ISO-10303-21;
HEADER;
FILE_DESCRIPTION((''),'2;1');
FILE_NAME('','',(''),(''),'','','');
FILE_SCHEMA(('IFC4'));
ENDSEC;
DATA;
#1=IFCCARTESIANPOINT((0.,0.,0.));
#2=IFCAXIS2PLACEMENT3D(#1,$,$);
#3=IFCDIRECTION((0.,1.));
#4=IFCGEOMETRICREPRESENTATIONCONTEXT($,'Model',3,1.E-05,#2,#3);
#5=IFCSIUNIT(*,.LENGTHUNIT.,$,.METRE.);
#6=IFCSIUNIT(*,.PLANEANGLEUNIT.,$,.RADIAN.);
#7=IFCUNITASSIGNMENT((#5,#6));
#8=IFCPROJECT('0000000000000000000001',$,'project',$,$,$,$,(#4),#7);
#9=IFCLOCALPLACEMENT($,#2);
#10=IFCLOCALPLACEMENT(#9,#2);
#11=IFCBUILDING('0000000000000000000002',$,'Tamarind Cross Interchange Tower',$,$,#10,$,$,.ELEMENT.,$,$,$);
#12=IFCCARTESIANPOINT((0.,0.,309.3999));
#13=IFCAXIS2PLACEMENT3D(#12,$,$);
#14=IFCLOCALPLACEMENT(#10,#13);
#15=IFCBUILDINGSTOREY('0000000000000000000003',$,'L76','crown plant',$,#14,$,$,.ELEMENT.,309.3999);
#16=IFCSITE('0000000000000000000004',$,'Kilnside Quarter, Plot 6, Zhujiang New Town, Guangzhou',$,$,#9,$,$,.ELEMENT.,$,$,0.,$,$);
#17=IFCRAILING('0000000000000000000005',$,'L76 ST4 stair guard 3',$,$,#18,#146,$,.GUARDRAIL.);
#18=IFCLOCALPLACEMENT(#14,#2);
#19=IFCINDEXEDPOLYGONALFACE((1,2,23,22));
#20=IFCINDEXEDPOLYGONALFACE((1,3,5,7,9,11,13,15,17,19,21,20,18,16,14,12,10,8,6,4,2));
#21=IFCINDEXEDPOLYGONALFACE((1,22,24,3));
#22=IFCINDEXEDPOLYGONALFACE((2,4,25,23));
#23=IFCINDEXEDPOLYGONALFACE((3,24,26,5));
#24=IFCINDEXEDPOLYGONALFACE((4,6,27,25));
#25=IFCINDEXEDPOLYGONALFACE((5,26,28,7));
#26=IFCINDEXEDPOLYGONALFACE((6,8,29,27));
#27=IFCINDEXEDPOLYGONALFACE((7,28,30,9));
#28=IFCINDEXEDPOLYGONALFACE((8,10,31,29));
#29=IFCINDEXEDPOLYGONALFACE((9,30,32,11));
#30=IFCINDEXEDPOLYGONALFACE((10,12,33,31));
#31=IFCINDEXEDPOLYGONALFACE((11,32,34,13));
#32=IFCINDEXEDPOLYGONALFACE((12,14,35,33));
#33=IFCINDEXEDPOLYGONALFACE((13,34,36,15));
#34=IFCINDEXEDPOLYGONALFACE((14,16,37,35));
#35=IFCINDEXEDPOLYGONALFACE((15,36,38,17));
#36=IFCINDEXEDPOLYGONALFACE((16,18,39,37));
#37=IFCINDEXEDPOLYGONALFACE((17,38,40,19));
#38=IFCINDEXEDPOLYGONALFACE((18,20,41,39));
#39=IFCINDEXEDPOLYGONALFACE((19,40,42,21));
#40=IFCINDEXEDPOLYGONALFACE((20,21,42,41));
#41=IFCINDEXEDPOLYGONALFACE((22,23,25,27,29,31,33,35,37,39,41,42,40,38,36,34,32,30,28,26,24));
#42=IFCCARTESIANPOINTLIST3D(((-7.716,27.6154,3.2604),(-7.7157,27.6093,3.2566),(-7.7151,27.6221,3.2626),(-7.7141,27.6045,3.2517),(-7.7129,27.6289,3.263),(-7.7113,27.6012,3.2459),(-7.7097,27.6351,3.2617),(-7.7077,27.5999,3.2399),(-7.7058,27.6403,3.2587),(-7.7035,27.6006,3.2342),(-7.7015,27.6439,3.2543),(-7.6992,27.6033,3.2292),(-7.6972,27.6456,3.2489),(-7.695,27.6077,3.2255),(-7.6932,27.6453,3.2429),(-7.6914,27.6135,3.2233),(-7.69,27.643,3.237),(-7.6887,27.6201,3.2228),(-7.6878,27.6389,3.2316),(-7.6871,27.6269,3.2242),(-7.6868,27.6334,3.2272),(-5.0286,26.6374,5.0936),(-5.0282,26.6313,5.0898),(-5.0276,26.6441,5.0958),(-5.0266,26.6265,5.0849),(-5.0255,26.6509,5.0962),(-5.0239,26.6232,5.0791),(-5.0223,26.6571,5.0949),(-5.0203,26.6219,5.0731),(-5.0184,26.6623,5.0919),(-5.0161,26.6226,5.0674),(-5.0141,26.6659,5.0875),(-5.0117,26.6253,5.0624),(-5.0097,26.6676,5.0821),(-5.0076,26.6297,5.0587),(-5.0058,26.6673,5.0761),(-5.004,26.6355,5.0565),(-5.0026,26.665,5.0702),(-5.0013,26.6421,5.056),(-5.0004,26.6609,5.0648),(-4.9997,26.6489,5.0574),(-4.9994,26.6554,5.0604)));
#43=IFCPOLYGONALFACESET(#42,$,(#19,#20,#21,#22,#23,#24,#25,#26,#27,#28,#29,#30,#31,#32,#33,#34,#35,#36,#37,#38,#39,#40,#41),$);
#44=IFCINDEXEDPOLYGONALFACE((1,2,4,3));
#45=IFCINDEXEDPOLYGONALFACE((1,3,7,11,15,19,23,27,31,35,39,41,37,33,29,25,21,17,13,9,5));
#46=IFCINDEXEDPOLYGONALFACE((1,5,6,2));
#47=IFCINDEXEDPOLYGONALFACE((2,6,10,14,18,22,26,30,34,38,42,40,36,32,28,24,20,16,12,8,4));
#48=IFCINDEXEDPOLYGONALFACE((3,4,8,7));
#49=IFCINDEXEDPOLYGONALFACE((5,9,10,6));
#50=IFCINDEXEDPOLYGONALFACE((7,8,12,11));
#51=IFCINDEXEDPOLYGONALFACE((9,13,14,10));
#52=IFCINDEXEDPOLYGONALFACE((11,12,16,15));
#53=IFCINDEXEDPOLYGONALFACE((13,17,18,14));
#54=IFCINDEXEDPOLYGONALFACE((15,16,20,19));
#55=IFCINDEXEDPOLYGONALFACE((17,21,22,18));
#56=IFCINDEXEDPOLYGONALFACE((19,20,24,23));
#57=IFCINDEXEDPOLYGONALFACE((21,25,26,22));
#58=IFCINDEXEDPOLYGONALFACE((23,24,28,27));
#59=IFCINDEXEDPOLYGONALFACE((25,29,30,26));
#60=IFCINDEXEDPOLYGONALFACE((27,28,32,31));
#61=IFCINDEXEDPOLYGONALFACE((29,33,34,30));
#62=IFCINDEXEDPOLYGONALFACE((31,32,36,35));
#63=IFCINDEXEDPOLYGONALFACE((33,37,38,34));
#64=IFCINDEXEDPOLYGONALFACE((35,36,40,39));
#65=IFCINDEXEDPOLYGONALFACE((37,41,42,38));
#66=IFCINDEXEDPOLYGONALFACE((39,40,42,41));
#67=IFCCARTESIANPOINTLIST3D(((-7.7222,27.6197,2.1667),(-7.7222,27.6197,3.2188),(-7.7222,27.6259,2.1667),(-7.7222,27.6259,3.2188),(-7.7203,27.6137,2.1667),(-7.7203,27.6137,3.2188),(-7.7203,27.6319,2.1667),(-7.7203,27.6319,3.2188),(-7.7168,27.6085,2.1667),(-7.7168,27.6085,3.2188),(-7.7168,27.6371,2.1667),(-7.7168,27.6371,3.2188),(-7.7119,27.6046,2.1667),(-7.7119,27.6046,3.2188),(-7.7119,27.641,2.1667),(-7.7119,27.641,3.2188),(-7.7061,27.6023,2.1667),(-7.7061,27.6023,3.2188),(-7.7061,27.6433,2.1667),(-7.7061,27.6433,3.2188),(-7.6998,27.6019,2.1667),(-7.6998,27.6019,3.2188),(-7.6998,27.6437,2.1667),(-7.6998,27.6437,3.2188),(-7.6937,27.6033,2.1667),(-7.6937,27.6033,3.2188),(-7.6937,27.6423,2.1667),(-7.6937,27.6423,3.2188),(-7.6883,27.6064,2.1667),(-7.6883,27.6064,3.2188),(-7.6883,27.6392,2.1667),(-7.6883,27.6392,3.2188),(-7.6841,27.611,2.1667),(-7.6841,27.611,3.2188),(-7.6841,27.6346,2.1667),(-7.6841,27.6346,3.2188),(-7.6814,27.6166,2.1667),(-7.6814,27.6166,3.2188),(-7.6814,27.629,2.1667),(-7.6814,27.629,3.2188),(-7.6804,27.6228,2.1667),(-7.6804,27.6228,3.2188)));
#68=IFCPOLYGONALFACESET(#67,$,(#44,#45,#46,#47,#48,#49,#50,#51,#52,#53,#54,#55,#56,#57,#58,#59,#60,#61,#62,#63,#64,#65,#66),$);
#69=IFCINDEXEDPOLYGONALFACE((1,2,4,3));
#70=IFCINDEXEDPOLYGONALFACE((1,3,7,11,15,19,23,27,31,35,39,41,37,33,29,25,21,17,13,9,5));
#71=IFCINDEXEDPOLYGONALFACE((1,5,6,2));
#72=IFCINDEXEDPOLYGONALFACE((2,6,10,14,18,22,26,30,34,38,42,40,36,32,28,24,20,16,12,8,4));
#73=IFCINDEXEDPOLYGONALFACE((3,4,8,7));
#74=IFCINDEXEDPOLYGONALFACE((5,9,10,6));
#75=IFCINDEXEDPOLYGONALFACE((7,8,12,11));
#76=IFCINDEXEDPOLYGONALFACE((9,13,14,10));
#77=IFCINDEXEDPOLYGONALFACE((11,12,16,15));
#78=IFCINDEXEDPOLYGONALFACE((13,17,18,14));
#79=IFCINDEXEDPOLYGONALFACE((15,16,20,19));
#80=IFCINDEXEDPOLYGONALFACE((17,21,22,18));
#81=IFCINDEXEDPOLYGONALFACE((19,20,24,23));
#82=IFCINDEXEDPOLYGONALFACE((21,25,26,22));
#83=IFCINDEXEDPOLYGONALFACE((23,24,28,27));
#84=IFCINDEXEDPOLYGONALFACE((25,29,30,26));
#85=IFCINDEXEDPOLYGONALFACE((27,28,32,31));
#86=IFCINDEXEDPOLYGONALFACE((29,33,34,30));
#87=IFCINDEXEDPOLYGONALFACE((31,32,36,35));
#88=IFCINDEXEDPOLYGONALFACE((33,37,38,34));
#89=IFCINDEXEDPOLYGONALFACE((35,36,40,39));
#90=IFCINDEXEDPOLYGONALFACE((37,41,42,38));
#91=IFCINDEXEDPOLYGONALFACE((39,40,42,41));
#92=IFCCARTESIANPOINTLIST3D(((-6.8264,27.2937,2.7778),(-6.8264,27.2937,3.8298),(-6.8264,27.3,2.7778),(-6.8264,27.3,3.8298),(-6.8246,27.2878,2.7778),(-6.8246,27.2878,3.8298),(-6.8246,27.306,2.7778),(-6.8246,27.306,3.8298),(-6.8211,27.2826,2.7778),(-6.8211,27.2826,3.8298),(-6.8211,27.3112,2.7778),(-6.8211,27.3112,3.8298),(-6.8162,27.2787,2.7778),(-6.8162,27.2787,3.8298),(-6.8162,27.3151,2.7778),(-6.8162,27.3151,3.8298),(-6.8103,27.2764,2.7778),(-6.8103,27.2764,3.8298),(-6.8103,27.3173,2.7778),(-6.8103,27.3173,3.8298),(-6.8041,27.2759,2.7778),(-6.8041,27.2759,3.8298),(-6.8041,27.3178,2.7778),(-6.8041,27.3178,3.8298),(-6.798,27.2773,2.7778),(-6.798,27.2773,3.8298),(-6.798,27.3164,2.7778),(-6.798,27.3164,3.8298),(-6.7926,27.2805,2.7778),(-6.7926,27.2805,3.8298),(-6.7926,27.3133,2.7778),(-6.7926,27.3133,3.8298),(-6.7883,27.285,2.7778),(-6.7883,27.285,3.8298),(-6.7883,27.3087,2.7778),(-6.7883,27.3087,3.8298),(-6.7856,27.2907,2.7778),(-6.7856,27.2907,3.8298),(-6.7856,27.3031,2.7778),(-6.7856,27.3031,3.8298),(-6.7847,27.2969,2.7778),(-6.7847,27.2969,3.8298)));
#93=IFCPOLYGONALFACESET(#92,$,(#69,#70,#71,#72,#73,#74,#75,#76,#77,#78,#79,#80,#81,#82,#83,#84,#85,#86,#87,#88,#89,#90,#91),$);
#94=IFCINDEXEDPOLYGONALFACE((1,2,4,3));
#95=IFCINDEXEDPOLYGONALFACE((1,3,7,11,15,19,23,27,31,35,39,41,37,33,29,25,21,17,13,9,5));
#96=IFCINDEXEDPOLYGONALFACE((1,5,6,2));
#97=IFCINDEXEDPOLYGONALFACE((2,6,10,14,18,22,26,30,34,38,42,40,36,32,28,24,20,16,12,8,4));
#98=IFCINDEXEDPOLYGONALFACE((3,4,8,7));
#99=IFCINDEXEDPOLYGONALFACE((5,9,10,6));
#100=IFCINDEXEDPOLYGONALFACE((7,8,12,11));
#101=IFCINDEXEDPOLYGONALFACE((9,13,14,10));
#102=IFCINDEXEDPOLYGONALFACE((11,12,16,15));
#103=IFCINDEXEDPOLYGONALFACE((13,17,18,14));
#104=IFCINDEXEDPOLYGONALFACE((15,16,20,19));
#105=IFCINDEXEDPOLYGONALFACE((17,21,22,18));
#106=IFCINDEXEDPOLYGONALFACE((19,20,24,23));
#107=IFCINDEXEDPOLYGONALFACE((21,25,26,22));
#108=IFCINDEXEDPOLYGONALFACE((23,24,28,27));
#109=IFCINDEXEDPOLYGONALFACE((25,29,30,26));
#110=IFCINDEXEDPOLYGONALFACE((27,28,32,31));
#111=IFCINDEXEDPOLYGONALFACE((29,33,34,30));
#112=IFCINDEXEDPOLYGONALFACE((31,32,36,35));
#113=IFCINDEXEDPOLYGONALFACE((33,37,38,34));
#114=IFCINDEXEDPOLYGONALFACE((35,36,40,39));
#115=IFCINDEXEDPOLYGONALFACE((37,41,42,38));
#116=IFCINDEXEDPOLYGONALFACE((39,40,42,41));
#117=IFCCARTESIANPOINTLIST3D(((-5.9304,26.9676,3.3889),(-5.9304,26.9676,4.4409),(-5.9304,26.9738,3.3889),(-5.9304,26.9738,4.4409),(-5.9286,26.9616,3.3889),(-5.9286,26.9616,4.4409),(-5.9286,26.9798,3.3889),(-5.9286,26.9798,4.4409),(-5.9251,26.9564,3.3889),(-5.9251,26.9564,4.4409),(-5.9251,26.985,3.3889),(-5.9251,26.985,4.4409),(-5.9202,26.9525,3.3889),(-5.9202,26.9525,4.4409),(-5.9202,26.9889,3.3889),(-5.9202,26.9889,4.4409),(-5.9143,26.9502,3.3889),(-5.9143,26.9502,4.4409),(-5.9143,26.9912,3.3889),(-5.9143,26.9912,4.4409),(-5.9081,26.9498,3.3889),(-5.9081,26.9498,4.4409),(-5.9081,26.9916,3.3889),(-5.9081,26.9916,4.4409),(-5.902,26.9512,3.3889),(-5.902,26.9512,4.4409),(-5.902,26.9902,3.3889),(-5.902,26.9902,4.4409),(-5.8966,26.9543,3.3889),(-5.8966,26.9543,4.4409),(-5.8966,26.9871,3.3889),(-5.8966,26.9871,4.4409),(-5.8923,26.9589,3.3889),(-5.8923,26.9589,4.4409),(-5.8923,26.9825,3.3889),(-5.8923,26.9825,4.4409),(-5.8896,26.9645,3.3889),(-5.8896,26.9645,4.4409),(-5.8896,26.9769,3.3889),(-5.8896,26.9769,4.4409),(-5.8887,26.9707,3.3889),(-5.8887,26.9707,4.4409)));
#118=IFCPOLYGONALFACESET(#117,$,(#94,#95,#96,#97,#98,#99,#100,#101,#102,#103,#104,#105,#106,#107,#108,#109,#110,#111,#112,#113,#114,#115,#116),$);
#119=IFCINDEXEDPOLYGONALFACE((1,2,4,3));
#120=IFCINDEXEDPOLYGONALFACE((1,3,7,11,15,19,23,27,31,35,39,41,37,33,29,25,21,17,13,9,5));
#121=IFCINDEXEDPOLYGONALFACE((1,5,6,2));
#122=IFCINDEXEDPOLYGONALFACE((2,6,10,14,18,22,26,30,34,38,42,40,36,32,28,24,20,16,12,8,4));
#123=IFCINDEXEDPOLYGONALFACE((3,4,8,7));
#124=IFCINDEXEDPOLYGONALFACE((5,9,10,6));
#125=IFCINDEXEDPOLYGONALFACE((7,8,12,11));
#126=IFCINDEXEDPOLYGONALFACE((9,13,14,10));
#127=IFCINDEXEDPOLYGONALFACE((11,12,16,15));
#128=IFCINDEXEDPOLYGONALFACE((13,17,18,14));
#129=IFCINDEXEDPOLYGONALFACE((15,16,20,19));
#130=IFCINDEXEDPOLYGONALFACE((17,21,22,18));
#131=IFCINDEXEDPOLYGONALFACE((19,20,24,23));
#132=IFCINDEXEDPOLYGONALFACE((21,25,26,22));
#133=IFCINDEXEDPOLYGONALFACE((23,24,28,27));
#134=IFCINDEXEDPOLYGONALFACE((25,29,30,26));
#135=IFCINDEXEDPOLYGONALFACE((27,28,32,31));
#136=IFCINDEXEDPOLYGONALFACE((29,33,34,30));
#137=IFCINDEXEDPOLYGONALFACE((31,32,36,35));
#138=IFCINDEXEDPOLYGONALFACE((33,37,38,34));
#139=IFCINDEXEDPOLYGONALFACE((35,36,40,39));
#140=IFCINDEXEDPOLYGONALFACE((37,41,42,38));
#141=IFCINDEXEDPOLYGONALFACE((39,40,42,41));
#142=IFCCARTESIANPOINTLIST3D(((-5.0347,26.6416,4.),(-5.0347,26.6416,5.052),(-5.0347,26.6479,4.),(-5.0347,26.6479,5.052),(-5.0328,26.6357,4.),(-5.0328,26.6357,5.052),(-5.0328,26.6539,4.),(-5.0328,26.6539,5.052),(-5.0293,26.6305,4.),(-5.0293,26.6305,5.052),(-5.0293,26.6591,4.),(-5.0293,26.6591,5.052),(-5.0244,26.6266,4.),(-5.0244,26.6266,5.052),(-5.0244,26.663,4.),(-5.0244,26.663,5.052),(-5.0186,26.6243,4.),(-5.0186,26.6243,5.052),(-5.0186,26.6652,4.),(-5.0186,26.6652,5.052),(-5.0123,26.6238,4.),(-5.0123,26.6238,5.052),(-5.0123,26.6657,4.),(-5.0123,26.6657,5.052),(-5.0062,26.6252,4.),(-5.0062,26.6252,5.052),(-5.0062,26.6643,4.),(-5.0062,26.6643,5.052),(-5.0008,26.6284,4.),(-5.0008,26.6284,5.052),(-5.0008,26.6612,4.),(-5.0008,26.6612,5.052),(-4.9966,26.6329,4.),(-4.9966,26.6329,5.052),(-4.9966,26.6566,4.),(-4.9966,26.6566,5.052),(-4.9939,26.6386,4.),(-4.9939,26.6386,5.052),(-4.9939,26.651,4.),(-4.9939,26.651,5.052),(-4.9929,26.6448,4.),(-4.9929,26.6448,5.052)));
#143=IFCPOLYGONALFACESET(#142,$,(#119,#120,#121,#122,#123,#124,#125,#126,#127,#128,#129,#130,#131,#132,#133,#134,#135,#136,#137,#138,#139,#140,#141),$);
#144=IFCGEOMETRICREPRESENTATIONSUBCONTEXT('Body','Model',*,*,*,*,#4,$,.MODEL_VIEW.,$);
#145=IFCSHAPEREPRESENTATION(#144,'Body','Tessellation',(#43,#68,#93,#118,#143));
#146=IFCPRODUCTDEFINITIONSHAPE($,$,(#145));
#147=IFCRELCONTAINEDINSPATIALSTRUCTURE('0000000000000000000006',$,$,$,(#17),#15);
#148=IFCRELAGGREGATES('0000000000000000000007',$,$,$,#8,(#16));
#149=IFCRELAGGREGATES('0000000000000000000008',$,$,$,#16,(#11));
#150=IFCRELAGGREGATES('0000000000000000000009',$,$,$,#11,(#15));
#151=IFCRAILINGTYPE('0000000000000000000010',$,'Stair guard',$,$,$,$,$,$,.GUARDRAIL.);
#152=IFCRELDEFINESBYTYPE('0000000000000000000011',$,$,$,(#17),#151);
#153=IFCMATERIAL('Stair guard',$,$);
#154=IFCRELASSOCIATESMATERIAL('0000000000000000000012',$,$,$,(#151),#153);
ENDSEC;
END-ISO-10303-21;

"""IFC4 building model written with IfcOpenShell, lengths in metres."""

from ifc_helpers import new_model, si_unit, direction, frame, origin, origin_2d, place, context, subcontext, project, spatial, circle, extrude, material, type_object, element, save


model = new_model("IFC4")

# Units and contexts
model_context = context("Model", 3, precision=1e-05, world=origin(), true_north=direction((0.0, 1.0)))
body_context = subcontext(model_context, "Body", "Model", "MODEL_VIEW")
ifc_project = project(units=[si_unit("LENGTHUNIT", "METRE"), si_unit("PLANEANGLEUNIT", "RADIAN")], contexts=[model_context])

# Site, building, storey
site_placement = place(None, origin())
site = spatial("IfcSite", under=ifc_project, at=site_placement, Name="Kilnside Quarter, Plot 6, Zhujiang New Town, Guangzhou", CompositionType="ELEMENT", RefElevation=0.0)
building_placement = place(site_placement, origin())
building = spatial("IfcBuilding", under=site, at=building_placement, Name="Tamarind Cross Interchange Tower", CompositionType="ELEMENT")
storey_placement = place(building_placement, frame((0.0, 0.0, 309.3999)))
storey = spatial("IfcBuildingStorey", under=building, at=storey_placement, Name="L76", Description="crown plant", CompositionType="ELEMENT", Elevation=309.3999)

# Railing
ifc_material_1 = material(Name="Stair guard")
railing_type_1 = type_object("IfcRailingType", Name="Stair guard", PredefinedType="GUARDRAIL", material=ifc_material_1)
railing_1_placement = place(storey_placement, frame((-7.7014, 27.6228, 2.1667)))
element("IfcRailing", 1, at=railing_1_placement, inside=storey, type_object=railing_type_1, Name="L76 ST4 stair guard 3", PredefinedType="GUARDRAIL", context=body_context, shape_type="SweptSolid", body=[
    extrude(circle(Radius=0.0239, at=origin_2d()), frame((0.0, 0.0, 1.0762), z_axis=(0.791126, -0.287904, 0.539659), x_axis=(0.341976, 0.939709, 0.0)), (0.0, 0.0, 1.0), 3.397),
    extrude(circle(Radius=0.021, at=origin_2d()), origin(), (0.0, 0.0, 1.0), 1.052),
    extrude(circle(Radius=0.021, at=origin_2d()), frame((0.8958, -0.3259, 0.6111)), (0.0, 0.0, 1.0), 1.052),
    extrude(circle(Radius=0.021, at=origin_2d()), frame((1.7917, -0.6521, 1.2222)), (0.0, 0.0, 1.0), 1.052),
    extrude(circle(Radius=0.021, at=origin_2d()), frame((2.6875, -0.978, 1.8333)), (0.0, 0.0, 1.0), 1.052),
])

save(model, "model.ifc")
